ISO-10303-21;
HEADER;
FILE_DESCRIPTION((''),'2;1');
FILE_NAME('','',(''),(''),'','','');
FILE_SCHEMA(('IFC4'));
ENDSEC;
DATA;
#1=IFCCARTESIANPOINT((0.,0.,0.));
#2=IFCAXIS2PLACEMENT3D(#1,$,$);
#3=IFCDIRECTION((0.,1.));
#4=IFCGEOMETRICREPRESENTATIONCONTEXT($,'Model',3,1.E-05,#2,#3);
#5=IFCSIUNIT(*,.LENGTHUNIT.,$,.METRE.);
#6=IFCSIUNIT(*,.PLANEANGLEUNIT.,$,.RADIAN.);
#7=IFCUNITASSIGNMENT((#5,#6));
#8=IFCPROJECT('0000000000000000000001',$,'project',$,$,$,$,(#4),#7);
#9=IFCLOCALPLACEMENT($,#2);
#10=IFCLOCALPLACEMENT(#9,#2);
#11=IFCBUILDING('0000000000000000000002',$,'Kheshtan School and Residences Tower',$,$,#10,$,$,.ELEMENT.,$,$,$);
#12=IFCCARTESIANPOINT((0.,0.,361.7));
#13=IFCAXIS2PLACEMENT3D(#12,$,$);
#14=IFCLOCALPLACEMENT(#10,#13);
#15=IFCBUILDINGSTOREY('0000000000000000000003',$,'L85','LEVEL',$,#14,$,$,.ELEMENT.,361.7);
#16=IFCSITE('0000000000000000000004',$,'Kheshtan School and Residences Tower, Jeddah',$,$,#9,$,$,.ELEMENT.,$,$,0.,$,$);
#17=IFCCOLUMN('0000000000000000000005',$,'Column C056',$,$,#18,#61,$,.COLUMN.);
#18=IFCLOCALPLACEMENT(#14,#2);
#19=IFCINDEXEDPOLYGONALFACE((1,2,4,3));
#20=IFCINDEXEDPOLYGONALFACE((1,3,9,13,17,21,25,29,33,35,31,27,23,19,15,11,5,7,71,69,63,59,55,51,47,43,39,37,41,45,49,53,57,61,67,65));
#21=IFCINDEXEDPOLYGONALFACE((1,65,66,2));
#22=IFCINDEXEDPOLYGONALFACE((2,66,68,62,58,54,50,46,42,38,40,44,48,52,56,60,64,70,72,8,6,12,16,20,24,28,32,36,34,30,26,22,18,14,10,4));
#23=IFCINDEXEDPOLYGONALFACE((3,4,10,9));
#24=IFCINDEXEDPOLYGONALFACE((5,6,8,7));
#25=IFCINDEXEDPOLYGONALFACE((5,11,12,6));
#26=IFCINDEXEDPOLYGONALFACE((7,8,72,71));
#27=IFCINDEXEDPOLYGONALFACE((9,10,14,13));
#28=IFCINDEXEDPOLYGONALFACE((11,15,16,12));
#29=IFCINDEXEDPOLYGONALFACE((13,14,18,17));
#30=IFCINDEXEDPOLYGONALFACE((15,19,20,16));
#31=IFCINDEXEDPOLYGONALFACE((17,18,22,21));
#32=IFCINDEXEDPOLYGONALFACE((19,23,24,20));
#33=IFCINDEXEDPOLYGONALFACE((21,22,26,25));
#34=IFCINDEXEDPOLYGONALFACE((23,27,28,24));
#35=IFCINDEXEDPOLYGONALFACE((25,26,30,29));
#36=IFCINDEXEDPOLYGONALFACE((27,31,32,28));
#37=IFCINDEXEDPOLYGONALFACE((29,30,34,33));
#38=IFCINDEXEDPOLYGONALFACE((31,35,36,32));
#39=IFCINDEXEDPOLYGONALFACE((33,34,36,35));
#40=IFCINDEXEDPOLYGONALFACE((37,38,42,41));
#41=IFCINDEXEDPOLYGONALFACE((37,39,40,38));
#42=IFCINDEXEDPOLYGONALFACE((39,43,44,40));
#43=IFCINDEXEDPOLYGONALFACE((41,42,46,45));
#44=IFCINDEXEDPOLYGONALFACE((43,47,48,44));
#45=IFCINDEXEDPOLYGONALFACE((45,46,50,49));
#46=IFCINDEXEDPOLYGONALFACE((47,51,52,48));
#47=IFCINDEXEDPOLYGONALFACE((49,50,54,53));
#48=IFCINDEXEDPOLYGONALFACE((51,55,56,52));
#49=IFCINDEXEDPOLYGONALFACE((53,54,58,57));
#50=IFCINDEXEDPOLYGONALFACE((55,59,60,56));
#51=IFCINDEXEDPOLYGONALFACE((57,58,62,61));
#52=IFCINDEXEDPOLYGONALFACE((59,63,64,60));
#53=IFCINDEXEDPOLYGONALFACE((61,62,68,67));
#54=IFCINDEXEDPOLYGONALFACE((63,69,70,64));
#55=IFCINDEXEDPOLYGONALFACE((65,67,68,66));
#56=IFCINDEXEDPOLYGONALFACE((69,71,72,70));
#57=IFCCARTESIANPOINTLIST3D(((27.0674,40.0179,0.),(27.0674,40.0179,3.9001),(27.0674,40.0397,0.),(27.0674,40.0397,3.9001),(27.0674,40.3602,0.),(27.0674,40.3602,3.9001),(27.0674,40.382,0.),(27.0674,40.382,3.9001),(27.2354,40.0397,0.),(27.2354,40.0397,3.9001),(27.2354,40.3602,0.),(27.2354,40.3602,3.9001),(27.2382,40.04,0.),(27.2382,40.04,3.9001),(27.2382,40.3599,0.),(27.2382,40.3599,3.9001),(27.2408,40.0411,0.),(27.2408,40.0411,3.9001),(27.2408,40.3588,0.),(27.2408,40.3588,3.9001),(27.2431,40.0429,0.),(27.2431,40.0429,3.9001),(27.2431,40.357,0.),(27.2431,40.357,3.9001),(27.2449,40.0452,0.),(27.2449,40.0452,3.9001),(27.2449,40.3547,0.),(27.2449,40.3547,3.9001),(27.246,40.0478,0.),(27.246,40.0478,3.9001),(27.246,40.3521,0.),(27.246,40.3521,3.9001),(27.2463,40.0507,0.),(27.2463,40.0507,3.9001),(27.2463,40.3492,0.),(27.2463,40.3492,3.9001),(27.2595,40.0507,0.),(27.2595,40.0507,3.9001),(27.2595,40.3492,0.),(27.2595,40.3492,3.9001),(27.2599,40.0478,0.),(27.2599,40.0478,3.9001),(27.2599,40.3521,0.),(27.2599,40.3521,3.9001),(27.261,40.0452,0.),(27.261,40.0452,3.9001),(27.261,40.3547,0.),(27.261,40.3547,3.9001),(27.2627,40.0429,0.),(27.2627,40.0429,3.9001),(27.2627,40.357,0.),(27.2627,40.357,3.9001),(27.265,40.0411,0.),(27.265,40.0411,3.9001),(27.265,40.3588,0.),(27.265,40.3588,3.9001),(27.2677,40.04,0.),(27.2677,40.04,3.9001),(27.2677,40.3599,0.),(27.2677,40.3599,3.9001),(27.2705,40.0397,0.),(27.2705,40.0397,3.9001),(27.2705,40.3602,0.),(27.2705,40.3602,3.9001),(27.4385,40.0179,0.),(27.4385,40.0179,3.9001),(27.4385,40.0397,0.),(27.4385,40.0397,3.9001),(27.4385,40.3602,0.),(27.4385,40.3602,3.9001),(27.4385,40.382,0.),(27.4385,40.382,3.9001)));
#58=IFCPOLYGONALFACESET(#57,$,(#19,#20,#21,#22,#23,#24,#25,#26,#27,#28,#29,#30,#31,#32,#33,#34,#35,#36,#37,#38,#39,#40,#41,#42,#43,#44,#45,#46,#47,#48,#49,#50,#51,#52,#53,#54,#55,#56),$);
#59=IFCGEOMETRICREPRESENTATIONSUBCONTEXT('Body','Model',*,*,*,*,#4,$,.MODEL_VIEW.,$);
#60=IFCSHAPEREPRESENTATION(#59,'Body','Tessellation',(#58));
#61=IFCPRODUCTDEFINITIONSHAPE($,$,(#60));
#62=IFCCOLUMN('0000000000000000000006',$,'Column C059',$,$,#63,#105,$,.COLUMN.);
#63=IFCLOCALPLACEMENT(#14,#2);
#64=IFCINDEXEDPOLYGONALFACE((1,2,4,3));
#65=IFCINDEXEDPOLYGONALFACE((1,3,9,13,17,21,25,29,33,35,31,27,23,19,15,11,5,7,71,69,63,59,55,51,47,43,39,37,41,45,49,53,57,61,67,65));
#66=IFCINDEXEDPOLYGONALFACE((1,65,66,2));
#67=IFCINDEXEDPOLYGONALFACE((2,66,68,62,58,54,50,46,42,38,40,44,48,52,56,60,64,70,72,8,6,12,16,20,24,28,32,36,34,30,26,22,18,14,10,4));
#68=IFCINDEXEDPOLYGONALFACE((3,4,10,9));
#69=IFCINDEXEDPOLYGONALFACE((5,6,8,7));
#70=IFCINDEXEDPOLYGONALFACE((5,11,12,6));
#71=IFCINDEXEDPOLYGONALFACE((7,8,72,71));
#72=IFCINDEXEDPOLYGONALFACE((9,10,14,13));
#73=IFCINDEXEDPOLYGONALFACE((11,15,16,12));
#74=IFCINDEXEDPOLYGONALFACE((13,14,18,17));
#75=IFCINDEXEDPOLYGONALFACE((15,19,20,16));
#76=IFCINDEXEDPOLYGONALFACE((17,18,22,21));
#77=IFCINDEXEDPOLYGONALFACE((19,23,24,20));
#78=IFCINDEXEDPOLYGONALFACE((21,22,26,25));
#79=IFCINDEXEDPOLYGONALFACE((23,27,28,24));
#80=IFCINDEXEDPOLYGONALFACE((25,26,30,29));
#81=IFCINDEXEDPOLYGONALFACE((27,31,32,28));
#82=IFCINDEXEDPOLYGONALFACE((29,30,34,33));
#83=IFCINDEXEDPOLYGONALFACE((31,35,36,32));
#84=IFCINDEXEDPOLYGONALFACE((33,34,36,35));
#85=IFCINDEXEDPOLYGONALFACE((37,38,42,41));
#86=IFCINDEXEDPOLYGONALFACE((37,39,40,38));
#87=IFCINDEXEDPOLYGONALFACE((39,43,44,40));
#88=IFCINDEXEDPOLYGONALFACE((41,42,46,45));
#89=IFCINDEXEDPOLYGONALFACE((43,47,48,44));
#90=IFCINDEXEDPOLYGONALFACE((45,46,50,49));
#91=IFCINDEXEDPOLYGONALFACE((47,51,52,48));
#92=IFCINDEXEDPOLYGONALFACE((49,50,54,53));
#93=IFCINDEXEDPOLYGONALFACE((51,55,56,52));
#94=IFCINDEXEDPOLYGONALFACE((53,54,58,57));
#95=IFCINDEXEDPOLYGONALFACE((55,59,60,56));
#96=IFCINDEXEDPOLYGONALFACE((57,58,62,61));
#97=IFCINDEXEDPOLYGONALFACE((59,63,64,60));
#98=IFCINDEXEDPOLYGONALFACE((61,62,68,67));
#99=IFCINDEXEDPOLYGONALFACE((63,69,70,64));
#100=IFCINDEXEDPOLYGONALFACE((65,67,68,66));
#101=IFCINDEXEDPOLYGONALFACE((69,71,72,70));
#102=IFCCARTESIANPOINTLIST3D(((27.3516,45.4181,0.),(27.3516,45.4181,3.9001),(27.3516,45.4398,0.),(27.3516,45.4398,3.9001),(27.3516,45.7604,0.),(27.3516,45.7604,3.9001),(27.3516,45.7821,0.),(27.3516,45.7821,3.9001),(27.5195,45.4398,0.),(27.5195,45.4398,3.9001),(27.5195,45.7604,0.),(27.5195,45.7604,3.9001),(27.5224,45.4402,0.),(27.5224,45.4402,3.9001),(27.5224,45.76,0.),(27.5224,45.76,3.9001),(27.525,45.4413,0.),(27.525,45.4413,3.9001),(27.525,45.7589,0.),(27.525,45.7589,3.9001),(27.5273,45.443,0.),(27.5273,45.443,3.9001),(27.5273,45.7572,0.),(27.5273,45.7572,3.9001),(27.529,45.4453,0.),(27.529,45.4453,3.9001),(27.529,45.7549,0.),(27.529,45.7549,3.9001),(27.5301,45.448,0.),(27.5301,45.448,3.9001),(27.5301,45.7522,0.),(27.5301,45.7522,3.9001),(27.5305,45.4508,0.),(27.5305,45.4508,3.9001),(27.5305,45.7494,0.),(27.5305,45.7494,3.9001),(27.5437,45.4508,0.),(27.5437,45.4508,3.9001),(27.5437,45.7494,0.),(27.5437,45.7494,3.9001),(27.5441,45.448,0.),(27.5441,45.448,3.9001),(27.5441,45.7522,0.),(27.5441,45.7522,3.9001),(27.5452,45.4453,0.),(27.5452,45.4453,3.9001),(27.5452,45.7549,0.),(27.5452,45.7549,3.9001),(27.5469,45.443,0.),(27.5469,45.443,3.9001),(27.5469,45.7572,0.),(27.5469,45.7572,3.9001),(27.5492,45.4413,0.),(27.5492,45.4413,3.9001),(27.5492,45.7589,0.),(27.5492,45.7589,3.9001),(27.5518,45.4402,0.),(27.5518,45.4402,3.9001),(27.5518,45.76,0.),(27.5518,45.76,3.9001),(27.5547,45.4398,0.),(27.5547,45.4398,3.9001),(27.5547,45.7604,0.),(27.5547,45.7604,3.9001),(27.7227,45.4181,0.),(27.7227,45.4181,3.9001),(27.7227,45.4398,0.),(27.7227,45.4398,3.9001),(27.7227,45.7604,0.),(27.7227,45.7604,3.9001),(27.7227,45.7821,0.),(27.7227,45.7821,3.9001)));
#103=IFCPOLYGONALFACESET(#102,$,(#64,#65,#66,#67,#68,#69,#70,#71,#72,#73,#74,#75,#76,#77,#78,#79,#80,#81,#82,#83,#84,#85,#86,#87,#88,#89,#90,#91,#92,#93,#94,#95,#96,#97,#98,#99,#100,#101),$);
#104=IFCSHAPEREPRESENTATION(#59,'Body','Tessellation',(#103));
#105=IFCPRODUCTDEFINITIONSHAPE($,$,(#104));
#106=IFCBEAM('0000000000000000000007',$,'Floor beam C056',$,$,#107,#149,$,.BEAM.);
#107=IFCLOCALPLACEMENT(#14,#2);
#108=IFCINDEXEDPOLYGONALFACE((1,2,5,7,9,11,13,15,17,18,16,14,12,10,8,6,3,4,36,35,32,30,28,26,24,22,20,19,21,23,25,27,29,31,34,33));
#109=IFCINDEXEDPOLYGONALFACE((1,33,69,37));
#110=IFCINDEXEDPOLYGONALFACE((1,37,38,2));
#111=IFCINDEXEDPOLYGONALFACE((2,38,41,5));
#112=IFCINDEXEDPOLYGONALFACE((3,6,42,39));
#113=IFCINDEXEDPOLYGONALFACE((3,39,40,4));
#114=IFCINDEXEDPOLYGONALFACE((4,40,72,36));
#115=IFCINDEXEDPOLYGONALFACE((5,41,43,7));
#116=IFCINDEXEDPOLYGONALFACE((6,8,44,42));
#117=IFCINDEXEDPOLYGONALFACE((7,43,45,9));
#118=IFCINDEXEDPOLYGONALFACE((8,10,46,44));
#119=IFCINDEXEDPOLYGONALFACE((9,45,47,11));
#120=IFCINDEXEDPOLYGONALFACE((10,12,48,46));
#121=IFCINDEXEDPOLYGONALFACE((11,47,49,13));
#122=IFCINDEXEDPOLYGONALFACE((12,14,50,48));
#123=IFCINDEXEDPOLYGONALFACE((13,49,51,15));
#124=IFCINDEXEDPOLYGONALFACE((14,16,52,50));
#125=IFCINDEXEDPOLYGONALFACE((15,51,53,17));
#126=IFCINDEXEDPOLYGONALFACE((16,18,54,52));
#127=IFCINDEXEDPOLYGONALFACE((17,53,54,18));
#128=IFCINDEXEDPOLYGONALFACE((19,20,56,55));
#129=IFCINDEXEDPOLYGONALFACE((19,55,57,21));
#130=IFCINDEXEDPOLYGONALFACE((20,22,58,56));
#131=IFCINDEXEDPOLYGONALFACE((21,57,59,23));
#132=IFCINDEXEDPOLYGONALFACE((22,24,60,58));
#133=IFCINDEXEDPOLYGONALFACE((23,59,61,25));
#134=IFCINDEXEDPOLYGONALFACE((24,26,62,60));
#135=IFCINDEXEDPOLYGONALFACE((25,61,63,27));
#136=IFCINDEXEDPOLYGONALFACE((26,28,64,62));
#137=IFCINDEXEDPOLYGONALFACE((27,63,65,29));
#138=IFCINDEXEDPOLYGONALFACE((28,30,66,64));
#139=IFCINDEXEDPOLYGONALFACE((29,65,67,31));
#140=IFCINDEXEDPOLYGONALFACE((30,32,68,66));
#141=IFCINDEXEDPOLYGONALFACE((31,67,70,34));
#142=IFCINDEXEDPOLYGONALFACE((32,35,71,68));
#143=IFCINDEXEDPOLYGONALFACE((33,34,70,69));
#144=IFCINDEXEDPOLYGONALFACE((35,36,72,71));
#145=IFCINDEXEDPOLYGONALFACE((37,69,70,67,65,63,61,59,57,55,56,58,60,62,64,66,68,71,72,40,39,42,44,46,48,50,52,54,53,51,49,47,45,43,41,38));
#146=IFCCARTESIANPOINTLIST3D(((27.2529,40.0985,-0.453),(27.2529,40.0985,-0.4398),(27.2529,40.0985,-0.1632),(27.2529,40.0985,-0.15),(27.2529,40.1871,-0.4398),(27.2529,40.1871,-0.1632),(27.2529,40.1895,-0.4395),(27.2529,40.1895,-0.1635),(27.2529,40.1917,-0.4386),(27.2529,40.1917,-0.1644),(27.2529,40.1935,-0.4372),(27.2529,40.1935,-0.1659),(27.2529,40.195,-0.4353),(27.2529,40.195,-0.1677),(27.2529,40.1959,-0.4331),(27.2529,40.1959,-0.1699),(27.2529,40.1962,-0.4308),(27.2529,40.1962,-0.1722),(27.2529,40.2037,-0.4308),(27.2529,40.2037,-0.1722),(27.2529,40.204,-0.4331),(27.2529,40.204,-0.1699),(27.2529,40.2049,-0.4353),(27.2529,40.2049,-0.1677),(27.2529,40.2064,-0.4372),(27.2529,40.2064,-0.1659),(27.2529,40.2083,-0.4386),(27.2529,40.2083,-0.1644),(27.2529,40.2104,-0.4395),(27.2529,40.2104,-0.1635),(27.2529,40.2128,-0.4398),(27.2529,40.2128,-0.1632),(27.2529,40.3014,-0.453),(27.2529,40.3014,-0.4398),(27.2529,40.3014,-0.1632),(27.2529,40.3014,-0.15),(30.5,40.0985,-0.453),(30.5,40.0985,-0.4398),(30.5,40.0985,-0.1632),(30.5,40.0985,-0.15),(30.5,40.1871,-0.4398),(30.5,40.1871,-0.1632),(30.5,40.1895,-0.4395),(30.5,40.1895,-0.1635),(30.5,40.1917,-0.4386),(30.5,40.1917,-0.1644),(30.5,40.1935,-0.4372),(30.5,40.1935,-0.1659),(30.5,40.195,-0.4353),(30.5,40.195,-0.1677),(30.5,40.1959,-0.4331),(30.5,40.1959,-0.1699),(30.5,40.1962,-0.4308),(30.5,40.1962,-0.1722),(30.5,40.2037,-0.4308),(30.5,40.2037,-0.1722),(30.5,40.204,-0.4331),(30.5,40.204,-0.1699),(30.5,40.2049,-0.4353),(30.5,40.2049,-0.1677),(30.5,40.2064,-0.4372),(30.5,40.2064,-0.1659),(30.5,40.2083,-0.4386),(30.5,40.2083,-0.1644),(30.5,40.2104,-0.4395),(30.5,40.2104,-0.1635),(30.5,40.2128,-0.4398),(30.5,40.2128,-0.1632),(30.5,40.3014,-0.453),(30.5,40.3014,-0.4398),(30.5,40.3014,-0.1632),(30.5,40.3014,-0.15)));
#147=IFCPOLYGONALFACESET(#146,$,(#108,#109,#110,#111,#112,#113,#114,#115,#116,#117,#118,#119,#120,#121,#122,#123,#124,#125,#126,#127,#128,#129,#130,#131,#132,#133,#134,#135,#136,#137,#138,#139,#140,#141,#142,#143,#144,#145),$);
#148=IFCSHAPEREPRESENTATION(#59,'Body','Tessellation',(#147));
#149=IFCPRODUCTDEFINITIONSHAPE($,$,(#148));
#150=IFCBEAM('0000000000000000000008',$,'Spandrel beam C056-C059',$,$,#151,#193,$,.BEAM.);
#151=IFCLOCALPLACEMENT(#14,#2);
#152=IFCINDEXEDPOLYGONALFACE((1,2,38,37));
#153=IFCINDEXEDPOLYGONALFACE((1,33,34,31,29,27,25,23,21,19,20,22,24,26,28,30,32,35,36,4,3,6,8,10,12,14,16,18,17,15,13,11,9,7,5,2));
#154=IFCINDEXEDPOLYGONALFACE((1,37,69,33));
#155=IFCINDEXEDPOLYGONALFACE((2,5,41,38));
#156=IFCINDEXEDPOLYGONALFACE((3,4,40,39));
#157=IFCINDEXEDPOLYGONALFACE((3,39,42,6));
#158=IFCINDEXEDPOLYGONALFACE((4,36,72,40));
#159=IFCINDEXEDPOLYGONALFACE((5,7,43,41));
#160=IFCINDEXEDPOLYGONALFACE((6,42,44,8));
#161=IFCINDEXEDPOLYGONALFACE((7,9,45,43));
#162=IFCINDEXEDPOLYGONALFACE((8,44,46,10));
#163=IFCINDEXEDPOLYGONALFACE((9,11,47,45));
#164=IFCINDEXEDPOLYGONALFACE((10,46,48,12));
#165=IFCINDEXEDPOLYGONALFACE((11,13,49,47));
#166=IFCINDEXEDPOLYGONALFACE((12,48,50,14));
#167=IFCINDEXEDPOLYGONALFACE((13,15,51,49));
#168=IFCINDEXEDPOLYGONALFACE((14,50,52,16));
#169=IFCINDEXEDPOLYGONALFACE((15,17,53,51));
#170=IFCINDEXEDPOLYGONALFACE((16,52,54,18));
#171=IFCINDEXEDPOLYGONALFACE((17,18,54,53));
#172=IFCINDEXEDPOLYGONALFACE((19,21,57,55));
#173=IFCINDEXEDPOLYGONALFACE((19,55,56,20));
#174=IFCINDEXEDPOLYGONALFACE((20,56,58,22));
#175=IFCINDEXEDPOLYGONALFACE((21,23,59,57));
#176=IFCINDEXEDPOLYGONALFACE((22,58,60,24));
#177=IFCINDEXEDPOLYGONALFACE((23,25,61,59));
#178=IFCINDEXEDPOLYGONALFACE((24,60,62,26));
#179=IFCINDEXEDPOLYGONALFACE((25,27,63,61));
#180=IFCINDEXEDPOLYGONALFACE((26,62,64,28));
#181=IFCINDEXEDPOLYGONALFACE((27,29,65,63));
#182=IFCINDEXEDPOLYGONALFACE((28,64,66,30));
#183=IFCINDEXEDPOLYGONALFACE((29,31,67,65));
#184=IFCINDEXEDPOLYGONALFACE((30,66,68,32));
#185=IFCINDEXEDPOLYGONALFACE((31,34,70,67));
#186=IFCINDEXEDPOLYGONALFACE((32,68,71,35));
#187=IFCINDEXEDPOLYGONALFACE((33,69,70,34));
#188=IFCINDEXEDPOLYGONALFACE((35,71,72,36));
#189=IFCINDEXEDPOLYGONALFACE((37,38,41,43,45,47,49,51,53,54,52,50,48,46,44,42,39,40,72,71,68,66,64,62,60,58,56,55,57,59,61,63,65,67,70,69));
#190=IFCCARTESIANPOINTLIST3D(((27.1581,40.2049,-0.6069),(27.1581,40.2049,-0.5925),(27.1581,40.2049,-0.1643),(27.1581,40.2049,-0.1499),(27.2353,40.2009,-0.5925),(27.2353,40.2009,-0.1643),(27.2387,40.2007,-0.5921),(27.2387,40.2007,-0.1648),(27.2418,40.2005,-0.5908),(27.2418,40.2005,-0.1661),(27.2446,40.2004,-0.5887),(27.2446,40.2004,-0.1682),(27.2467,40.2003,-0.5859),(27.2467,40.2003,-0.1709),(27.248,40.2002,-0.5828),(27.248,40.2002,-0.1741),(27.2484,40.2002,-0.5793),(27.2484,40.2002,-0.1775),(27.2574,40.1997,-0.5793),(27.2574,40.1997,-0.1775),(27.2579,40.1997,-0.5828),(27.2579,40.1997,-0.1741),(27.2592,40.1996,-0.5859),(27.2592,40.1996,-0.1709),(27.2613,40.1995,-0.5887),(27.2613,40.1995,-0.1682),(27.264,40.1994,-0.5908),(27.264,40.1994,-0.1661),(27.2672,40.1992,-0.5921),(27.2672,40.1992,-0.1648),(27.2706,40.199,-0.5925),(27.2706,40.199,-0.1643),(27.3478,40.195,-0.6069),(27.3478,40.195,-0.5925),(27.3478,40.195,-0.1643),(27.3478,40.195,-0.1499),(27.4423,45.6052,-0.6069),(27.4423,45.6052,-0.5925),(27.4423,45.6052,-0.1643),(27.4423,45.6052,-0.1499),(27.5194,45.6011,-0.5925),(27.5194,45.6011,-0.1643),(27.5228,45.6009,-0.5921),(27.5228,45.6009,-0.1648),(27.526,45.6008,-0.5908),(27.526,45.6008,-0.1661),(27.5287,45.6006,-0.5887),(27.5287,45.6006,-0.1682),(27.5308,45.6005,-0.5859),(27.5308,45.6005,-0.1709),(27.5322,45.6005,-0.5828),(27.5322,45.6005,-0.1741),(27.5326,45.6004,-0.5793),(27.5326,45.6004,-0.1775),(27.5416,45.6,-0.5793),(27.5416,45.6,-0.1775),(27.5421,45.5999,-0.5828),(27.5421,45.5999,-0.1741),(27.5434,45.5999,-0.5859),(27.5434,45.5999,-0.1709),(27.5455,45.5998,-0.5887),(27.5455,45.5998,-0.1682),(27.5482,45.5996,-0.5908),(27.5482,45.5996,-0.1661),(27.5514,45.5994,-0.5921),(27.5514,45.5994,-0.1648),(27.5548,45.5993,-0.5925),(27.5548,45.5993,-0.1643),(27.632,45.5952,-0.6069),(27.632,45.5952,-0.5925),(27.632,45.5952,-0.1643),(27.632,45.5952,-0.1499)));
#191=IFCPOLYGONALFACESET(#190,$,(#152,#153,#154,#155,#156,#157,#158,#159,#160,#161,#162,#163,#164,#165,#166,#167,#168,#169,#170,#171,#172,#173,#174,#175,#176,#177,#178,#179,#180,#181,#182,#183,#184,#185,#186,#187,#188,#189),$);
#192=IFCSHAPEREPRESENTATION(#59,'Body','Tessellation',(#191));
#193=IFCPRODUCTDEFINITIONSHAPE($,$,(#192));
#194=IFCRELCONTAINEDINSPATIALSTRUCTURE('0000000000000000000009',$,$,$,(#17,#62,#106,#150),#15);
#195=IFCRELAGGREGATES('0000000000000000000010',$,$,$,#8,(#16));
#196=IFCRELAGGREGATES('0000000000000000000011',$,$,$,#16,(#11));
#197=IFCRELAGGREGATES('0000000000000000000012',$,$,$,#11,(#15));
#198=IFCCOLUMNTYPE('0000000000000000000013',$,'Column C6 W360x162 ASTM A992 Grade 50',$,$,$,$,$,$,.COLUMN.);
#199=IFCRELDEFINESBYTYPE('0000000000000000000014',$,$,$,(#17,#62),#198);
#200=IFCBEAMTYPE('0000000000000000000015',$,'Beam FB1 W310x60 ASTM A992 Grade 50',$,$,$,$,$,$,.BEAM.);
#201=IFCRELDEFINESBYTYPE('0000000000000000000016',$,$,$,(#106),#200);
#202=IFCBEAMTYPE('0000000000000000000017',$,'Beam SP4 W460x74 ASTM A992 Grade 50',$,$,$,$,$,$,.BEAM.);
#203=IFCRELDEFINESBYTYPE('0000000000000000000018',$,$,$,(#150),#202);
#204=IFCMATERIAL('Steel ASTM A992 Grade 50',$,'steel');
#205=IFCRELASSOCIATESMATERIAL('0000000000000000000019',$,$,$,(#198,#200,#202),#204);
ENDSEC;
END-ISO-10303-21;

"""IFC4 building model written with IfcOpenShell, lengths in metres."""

from ifc_helpers import new_model, si_unit, direction, frame, origin, origin_2d, place, context, subcontext, project, spatial, i_section, extrude, material, material_profile, profile_set, type_object, element, save


model = new_model("IFC4")

# Units and contexts
model_context = context("Model", 3, precision=1e-05, world=origin(), true_north=direction((0.0, 1.0)))
body_context = subcontext(model_context, "Body", "Model", "MODEL_VIEW")
ifc_project = project(units=[si_unit("LENGTHUNIT", "METRE"), si_unit("PLANEANGLEUNIT", "RADIAN")], contexts=[model_context])

# Site, building, storey
site_placement = place(None, origin())
site = spatial("IfcSite", under=ifc_project, at=site_placement, Name="Kheshtan School and Residences Tower, Jeddah", CompositionType="ELEMENT", RefElevation=0.0)
building_placement = place(site_placement, origin())
building = spatial("IfcBuilding", under=site, at=building_placement, Name="Kheshtan School and Residences Tower", CompositionType="ELEMENT")
storey_placement = place(building_placement, frame((0.0, 0.0, 361.7)))
storey = spatial("IfcBuildingStorey", under=building, at=storey_placement, Name="L85", Description="LEVEL", CompositionType="ELEMENT", Elevation=361.7)

# Columns
ifc_material_1 = material(Name="Steel ASTM A992 Grade 50", Category="steel")
ifc_material_profile_1 = material_profile(ifc_material_1, i_section(OverallWidth=0.3711, OverallDepth=0.364, WebThickness=0.0132, FlangeThickness=0.0217, FilletRadius=0.011, at=origin_2d()), Name="W360x162")
ifc_profile_set_1 = profile_set([ifc_material_profile_1], Name="Steel ASTM A992 Grade 50")
column_type = type_object("IfcColumnType", Name="Column C6 W360x162 ASTM A992 Grade 50", PredefinedType="COLUMN", material=ifc_profile_set_1)
for number, where, z_axis, x_axis, name in (
    (1, (27.2529, 40.2, 0.0), (0.0, 0.0, 1.0), (1.0, 0.0, 0.0), "Column C056"),
    (2, (27.5371, 45.6001, 0.0), (0.0, 0.0, 1.0), (1.0, 0.0, 0.0), "Column C059"),
):
    element("IfcColumn", number, at=place(storey_placement, frame(where, z_axis=z_axis, x_axis=x_axis)), inside=storey, type_object=column_type, Name=name, PredefinedType="COLUMN", context=body_context, shape_type="SweptSolid", body=[
        extrude(i_section(OverallWidth=0.3711, OverallDepth=0.364, WebThickness=0.0132, FlangeThickness=0.0217, FilletRadius=0.011, at=origin_2d()), origin(), (0.0, 0.0, 1.0), 3.9001),
    ])

# Beams
ifc_material_profile_2 = material_profile(ifc_material_1, i_section(OverallWidth=0.2029, OverallDepth=0.303, WebThickness=0.0076, FlangeThickness=0.0132, FilletRadius=0.009, at=origin_2d()), Name="W310x60")
ifc_profile_set_2 = profile_set([ifc_material_profile_2], Name="Steel ASTM A992 Grade 50")
beam_type_1 = type_object("IfcBeamType", Name="Beam FB1 W310x60 ASTM A992 Grade 50", PredefinedType="BEAM", material=ifc_profile_set_2)
beam_1_placement = place(storey_placement, frame((27.2529, 40.2, -0.3015), z_axis=(1.0, 0.0, 0.0), x_axis=(0.0, 1.0, 0.0)))
element("IfcBeam", 3, at=beam_1_placement, inside=storey, type_object=beam_type_1, Name="Floor beam C056", PredefinedType="BEAM", context=body_context, shape_type="SweptSolid", body=[
    extrude(i_section(OverallWidth=0.2029, OverallDepth=0.303, WebThickness=0.0076, FlangeThickness=0.0132, FilletRadius=0.009, at=origin_2d()), origin(), (0.0, 0.0, 1.0), 3.2471),
])
ifc_material_profile_3 = material_profile(ifc_material_1, i_section(OverallWidth=0.1899, OverallDepth=0.457, WebThickness=0.009, FlangeThickness=0.0144, FilletRadius=0.0132, at=origin_2d()), Name="W460x74")
ifc_profile_set_3 = profile_set([ifc_material_profile_3], Name="Steel ASTM A992 Grade 50")
beam_type_2 = type_object("IfcBeamType", Name="Beam SP4 W460x74 ASTM A992 Grade 50", PredefinedType="BEAM", material=ifc_profile_set_3)
beam_2_placement = place(storey_placement, frame((27.2529, 40.2, -0.3784), z_axis=(0.052552, 0.998618, 0.0), x_axis=(-0.998618, 0.052552, 0.0)))
element("IfcBeam", 4, at=beam_2_placement, inside=storey, type_object=beam_type_2, Name="Spandrel beam C056-C059", PredefinedType="BEAM", context=body_context, shape_type="SweptSolid", body=[
    extrude(i_section(OverallWidth=0.1899, OverallDepth=0.457, WebThickness=0.009, FlangeThickness=0.0144, FilletRadius=0.0132, at=origin_2d()), origin(), (0.0, 0.0, 1.0), 5.4077),
])

save(model, "model.ifc")
